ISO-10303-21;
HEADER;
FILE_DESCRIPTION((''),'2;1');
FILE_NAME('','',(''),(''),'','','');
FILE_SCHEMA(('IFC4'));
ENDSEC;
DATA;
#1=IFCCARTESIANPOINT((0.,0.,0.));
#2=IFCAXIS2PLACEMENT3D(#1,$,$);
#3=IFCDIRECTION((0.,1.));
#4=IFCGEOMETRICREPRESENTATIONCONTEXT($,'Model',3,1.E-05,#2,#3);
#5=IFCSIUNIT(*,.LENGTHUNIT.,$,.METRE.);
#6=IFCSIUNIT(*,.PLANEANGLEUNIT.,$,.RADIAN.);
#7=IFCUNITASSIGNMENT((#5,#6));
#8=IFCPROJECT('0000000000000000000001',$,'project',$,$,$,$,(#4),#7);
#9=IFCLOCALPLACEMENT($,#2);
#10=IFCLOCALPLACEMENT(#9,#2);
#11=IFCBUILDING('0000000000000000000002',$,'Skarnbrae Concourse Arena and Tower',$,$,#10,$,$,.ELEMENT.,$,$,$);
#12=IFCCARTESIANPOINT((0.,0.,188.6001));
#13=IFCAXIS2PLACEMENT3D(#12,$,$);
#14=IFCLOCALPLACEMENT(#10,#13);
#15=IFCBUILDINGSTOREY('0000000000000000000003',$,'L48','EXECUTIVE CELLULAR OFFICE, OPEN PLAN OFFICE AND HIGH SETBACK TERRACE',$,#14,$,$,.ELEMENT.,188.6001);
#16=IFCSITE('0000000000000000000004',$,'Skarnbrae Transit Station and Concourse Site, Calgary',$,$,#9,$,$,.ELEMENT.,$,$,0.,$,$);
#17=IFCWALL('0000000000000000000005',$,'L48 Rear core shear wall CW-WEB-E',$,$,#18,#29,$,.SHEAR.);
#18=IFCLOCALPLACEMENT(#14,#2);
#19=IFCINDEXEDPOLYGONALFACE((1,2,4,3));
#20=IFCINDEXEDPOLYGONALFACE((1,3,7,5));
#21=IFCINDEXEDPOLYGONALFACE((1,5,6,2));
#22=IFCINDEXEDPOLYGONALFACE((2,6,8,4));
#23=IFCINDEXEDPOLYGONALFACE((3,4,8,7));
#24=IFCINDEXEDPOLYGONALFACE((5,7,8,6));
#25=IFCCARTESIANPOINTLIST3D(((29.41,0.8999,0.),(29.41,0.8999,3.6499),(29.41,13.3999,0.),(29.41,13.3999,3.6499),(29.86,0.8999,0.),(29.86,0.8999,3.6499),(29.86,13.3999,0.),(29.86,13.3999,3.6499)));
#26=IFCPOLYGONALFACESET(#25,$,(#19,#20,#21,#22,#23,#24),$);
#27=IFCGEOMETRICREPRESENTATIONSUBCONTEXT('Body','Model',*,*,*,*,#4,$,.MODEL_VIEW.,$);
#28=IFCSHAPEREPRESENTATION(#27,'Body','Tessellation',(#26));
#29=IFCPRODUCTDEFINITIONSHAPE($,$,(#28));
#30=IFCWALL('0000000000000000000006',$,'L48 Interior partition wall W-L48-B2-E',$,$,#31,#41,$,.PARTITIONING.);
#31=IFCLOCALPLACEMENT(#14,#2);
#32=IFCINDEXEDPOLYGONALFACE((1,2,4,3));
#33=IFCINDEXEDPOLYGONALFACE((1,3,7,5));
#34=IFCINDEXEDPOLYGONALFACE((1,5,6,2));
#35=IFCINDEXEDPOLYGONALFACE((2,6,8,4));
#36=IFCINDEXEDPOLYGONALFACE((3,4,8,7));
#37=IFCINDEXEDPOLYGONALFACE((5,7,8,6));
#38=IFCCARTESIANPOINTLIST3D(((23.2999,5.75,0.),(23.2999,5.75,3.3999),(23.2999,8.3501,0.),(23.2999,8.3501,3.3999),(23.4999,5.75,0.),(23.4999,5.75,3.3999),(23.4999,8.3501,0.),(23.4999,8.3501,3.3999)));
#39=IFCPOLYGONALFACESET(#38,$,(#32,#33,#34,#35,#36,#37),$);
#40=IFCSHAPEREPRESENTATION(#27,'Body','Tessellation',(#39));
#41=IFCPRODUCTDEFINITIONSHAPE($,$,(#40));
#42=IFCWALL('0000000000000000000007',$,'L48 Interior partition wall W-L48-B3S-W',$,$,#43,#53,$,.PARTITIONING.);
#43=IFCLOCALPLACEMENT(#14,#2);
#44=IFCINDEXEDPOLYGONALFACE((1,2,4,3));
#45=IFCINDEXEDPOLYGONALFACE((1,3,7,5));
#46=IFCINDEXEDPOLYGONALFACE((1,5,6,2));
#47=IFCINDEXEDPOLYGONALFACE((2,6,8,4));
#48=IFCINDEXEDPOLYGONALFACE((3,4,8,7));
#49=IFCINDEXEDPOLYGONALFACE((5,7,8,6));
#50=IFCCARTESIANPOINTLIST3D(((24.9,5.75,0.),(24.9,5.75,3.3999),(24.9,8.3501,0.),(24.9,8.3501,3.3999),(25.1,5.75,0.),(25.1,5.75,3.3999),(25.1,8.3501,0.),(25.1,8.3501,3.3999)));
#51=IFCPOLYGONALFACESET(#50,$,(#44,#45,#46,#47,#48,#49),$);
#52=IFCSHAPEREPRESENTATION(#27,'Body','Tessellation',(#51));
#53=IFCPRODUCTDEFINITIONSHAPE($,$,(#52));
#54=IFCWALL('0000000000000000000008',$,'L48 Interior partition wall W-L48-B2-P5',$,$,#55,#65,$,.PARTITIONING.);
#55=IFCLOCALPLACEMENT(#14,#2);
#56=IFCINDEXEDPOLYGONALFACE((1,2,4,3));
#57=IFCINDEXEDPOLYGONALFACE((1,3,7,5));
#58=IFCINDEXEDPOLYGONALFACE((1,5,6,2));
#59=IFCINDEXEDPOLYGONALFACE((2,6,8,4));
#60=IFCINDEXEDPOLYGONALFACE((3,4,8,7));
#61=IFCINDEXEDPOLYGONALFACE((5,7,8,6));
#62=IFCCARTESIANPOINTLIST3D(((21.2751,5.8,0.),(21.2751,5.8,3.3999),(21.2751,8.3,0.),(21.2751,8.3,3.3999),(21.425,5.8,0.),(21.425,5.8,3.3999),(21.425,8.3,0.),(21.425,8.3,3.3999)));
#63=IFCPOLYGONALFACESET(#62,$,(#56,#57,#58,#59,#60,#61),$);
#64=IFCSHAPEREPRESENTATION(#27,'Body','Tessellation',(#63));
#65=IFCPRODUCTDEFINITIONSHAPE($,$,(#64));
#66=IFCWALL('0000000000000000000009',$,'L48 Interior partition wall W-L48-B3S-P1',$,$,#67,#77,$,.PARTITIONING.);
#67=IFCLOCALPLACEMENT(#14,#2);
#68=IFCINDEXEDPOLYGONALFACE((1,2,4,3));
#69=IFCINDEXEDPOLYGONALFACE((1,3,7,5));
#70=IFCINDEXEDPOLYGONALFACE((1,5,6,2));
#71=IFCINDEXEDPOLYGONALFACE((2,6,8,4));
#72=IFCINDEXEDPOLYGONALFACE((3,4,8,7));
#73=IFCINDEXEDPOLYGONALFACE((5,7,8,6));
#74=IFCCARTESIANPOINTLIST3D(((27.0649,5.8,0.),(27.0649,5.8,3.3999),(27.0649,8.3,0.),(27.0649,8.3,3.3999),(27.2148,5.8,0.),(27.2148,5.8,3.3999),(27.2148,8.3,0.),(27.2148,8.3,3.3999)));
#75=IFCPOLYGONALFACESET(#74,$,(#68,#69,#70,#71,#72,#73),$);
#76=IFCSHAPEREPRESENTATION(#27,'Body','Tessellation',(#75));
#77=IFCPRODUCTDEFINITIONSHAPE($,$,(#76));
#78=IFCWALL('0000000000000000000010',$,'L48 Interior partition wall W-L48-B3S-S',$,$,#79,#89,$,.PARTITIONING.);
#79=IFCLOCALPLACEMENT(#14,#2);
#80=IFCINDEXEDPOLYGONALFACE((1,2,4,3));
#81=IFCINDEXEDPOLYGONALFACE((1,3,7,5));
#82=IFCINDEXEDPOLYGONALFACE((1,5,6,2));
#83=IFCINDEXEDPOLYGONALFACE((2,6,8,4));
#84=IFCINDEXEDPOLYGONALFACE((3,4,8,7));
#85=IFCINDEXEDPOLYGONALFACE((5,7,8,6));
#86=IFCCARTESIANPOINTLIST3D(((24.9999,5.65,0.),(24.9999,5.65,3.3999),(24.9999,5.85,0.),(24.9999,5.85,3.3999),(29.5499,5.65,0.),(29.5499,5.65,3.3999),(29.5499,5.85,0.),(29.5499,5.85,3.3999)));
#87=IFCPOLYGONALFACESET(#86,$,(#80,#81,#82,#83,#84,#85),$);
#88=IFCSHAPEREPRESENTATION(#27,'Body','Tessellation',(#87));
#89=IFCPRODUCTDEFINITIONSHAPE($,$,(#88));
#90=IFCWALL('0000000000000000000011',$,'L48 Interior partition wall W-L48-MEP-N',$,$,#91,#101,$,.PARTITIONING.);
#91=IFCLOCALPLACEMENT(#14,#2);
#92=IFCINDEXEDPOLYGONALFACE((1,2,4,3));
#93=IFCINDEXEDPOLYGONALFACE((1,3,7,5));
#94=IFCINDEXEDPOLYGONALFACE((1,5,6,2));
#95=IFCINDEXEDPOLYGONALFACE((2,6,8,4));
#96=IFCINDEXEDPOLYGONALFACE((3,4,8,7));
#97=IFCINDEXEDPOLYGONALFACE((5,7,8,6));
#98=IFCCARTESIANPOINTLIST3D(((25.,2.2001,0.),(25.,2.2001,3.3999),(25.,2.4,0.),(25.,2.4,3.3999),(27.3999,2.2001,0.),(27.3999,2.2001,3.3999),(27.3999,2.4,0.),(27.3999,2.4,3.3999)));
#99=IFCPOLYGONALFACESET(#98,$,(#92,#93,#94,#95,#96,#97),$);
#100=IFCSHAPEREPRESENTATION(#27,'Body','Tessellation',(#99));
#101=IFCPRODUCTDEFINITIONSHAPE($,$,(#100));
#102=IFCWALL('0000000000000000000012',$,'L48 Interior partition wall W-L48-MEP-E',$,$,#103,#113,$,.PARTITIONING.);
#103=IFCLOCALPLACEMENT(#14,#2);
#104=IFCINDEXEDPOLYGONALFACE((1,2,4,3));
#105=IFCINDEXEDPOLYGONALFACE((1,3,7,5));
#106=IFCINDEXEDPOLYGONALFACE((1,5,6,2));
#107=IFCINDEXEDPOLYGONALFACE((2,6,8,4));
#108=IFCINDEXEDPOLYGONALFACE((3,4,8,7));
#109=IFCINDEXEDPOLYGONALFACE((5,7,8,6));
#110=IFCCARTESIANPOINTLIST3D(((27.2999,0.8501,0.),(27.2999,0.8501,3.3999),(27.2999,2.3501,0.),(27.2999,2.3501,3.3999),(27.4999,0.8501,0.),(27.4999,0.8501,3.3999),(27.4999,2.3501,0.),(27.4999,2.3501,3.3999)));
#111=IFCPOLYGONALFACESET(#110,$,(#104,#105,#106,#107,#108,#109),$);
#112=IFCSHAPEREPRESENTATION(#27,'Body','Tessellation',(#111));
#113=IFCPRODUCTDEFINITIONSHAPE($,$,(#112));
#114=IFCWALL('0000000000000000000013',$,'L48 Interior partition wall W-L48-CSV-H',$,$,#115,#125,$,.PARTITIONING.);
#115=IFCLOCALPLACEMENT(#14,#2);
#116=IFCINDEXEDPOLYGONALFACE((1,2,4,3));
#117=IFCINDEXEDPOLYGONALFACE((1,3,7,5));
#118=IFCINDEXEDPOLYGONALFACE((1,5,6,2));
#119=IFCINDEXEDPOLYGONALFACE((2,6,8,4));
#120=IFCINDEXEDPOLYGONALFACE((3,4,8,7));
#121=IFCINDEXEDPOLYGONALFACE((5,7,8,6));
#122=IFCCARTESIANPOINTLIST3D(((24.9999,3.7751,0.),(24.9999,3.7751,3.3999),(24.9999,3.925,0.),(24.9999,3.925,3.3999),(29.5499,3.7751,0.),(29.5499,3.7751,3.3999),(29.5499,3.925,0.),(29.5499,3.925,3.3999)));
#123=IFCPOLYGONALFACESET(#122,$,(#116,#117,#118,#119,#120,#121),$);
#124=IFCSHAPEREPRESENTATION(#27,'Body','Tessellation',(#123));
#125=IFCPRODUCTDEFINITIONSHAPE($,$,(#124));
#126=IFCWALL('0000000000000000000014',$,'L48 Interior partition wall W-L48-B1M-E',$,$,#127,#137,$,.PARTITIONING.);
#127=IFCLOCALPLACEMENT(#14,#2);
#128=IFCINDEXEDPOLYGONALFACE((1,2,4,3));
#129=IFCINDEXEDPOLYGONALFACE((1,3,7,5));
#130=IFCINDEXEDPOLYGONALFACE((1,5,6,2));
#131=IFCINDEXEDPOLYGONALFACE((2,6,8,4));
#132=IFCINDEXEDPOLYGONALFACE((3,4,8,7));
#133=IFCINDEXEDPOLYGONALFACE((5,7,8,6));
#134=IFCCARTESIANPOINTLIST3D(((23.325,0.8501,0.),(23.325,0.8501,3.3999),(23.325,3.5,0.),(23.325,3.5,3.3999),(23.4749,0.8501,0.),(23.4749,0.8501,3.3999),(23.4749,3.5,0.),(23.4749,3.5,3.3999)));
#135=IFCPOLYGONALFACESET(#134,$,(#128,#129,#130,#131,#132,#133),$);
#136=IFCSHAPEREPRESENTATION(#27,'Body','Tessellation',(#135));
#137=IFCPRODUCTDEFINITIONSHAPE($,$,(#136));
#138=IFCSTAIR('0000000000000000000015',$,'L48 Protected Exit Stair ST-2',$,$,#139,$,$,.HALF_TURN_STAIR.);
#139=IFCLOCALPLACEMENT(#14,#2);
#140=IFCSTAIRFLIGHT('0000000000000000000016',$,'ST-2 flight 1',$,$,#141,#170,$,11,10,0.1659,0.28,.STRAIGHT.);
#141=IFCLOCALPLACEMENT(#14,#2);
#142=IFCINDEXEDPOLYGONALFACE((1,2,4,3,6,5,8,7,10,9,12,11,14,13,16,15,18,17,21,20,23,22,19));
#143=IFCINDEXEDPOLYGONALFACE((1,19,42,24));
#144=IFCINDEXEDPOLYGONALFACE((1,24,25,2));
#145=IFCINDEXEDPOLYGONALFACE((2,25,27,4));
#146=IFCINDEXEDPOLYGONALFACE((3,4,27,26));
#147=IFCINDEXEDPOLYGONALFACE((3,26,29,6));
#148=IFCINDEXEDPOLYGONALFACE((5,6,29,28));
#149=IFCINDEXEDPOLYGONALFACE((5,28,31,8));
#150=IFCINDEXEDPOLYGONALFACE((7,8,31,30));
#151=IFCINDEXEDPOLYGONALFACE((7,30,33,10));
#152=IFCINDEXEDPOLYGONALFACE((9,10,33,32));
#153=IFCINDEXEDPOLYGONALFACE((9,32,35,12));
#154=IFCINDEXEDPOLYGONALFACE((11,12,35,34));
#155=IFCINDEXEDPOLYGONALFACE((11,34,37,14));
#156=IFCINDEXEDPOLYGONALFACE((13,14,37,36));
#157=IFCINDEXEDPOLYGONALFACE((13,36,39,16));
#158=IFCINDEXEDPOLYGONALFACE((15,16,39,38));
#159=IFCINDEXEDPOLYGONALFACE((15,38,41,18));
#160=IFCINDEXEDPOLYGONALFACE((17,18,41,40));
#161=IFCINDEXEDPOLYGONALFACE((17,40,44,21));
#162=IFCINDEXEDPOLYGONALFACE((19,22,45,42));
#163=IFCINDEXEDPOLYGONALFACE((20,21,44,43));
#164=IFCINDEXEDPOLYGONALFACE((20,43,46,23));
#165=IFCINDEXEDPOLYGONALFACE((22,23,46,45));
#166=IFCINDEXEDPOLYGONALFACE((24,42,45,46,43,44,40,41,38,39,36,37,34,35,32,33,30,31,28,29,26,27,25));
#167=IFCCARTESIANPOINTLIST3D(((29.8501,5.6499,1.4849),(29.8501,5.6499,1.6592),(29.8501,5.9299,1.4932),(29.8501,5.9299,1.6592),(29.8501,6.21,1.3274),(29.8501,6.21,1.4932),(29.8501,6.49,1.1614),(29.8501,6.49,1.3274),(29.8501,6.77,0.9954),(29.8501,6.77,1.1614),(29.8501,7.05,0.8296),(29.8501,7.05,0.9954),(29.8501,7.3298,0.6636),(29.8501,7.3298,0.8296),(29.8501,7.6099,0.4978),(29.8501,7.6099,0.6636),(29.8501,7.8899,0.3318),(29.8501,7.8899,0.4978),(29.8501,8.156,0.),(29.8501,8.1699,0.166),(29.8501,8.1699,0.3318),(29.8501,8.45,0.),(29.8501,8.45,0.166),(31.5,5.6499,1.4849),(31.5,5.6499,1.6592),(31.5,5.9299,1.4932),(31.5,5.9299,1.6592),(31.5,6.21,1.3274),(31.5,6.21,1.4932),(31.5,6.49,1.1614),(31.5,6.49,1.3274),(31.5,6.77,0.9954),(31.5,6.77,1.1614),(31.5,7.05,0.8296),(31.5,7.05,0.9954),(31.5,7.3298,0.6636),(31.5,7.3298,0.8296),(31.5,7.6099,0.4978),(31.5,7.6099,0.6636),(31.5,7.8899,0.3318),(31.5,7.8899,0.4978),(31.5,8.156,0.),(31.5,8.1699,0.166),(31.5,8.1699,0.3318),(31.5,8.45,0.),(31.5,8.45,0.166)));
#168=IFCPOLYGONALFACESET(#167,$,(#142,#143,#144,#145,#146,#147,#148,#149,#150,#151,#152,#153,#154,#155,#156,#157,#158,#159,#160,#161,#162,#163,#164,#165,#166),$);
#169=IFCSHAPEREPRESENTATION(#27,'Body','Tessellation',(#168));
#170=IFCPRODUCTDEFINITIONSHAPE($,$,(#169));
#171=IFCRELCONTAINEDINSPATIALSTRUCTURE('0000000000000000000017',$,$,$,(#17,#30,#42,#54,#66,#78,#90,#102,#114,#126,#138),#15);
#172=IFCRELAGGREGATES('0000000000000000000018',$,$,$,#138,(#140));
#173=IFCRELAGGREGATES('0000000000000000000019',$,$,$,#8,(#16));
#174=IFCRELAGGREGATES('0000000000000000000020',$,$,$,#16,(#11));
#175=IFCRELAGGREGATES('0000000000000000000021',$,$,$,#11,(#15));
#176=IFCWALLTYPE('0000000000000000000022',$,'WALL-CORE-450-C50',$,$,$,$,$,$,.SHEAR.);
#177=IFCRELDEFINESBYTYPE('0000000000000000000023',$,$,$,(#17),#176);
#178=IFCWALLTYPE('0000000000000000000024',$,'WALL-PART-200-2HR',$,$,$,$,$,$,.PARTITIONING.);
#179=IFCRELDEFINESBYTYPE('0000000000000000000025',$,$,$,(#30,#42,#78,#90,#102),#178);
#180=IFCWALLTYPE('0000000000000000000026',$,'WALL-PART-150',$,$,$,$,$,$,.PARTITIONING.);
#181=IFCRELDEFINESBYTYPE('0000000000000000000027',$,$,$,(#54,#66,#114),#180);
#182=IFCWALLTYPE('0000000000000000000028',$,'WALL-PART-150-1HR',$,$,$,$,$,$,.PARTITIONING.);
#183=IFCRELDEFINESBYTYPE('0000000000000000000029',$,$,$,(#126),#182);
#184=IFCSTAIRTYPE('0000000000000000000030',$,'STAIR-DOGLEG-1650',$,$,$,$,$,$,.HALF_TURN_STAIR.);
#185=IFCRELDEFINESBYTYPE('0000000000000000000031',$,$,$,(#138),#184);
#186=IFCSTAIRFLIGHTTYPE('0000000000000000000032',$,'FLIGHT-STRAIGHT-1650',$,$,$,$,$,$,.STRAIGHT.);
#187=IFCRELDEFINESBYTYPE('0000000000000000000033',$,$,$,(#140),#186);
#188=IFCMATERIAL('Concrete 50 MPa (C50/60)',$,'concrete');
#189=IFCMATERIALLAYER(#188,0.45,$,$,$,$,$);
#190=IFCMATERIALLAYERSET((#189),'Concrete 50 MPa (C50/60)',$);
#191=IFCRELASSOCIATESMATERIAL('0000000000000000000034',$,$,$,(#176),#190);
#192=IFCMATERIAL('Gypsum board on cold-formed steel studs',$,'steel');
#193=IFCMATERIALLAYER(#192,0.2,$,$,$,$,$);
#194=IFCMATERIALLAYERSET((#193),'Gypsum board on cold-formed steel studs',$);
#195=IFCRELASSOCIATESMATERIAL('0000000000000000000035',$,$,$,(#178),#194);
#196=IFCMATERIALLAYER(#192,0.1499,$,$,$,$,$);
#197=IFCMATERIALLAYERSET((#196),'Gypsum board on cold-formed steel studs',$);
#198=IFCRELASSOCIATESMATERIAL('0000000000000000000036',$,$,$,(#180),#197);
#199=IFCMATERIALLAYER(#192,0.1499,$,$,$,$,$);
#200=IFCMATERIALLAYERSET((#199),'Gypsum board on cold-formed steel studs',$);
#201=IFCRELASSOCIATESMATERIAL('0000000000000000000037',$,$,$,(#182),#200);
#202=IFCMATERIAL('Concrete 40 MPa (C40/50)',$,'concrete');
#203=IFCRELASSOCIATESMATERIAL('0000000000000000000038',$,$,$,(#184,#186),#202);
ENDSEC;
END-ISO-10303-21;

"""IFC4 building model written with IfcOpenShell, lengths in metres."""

from ifc_helpers import new_model, si_unit, direction, frame, frame_2d, origin, place, context, subcontext, project, spatial, polyline, rectangle, outline, extrude, source, transform, mapped, material, layer, layer_set, type_object, element, aggregate, save


model = new_model("IFC4")

# Units and contexts
model_context = context("Model", 3, precision=1e-05, world=origin(), true_north=direction((0.0, 1.0)))
body_context = subcontext(model_context, "Body", "Model", "MODEL_VIEW")
ifc_project = project(units=[si_unit("LENGTHUNIT", "METRE"), si_unit("PLANEANGLEUNIT", "RADIAN")], contexts=[model_context])

# Site, building, storey
site_placement = place(None, origin())
site = spatial("IfcSite", under=ifc_project, at=site_placement, Name="Skarnbrae Transit Station and Concourse Site, Calgary", CompositionType="ELEMENT", RefElevation=0.0)
building_placement = place(site_placement, origin())
building = spatial("IfcBuilding", under=site, at=building_placement, Name="Skarnbrae Concourse Arena and Tower", CompositionType="ELEMENT")
storey_placement = place(building_placement, frame((0.0, 0.0, 188.6001)))
storey = spatial("IfcBuildingStorey", under=building, at=storey_placement, Name="L48", Description="EXECUTIVE CELLULAR OFFICE, OPEN PLAN OFFICE AND HIGH SETBACK TERRACE", CompositionType="ELEMENT", Elevation=188.6001)

# Walls
ifc_material_1 = material(Name="Concrete 50 MPa (C50/60)", Category="concrete")
ifc_layer_1 = layer(ifc_material_1, 0.45)
ifc_layer_set_1 = layer_set([ifc_layer_1], Name="Concrete 50 MPa (C50/60)")
wall_type_1 = type_object("IfcWallType", Name="WALL-CORE-450-C50", PredefinedType="SHEAR", material=ifc_layer_set_1)
shared_shape_1 = source(origin(), body_context, "Body", "SweptSolid", [
    extrude(rectangle(XDim=12.5, YDim=0.45, at=frame_2d((6.25, 0.0))), origin(), (0.0, 0.0, 1.0), 3.6499),
])
wall_1_placement = place(storey_placement, frame((29.635, 0.8999, 0.0), z_axis=(0.0, 0.0, 1.0), x_axis=(0.0, 1.0, 0.0)))
element("IfcWall", 1, at=wall_1_placement, inside=storey, type_object=wall_type_1, Name="L48 Rear core shear wall CW-WEB-E", PredefinedType="SHEAR", context=body_context, shape_type="MappedRepresentation", body=[
    mapped(shared_shape_1, transform((0.0, 0.0, 0.0))),
])
ifc_material_2 = material(Name="Gypsum board on cold-formed steel studs", Category="steel")
ifc_layer_2 = layer(ifc_material_2, 0.2)
ifc_layer_set_2 = layer_set([ifc_layer_2], Name="Gypsum board on cold-formed steel studs")
wall_type_2 = type_object("IfcWallType", Name="WALL-PART-200-2HR", PredefinedType="PARTITIONING", material=ifc_layer_set_2)
shared_shape_2 = source(origin(), body_context, "Body", "SweptSolid", [
    extrude(rectangle(XDim=2.6001, YDim=0.2, at=frame_2d((1.3, 0.0))), origin(), (0.0, 0.0, 1.0), 3.3999),
])
for number, where, z_axis, x_axis, name in (
    (2, (23.3999, 5.75, 0.0), (0.0, 0.0, 1.0), (0.0, 1.0, 0.0), "L48 Interior partition wall W-L48-B2-E"),
    (3, (25.0, 5.75, 0.0), (0.0, 0.0, 1.0), (0.0, 1.0, 0.0), "L48 Interior partition wall W-L48-B3S-W"),
):
    element("IfcWall", number, at=place(storey_placement, frame(where, z_axis=z_axis, x_axis=x_axis)), inside=storey, type_object=wall_type_2, Name=name, PredefinedType="PARTITIONING", context=body_context, shape_type="MappedRepresentation", body=[
        mapped(shared_shape_2, transform((0.0, 0.0, 0.0))),
    ])
ifc_layer_3 = layer(ifc_material_2, 0.1499)
ifc_layer_set_3 = layer_set([ifc_layer_3], Name="Gypsum board on cold-formed steel studs")
wall_type_3 = type_object("IfcWallType", Name="WALL-PART-150", PredefinedType="PARTITIONING", material=ifc_layer_set_3)
shared_shape_3 = source(origin(), body_context, "Body", "SweptSolid", [
    extrude(rectangle(XDim=2.5, YDim=0.1499, at=frame_2d((1.25, 0.0))), origin(), (0.0, 0.0, 1.0), 3.3999),
])
for number, where, z_axis, x_axis, name in (
    (4, (21.3501, 5.8, 0.0), (0.0, 0.0, 1.0), (0.0, 1.0, 0.0), "L48 Interior partition wall W-L48-B2-P5"),
    (5, (27.1399, 5.8, 0.0), (0.0, 0.0, 1.0), (0.0, 1.0, 0.0), "L48 Interior partition wall W-L48-B3S-P1"),
):
    element("IfcWall", number, at=place(storey_placement, frame(where, z_axis=z_axis, x_axis=x_axis)), inside=storey, type_object=wall_type_3, Name=name, PredefinedType="PARTITIONING", context=body_context, shape_type="MappedRepresentation", body=[
        mapped(shared_shape_3, transform((0.0, 0.0, 0.0))),
    ])

# Shared definitions
shared_shape_4 = source(origin(), body_context, "Body", "SweptSolid", [
    extrude(rectangle(XDim=4.55, YDim=0.2, at=frame_2d((2.2749, 0.0))), origin(), (0.0, 0.0, 1.0), 3.3999),
])

# Wall
wall_2_placement = place(storey_placement, frame((25.0, 5.75, 0.0), z_axis=(0.0, 0.0, 1.0), x_axis=(1.0, 0.0, 0.0)))
element("IfcWall", 6, at=wall_2_placement, inside=storey, type_object=wall_type_2, Name="L48 Interior partition wall W-L48-B3S-S", PredefinedType="PARTITIONING", context=body_context, shape_type="MappedRepresentation", body=[
    mapped(shared_shape_4, transform((0.0, 0.0, 0.0))),
])

# Shared definitions
ifc_layer_4 = layer(ifc_material_2, 0.1499)
ifc_layer_set_4 = layer_set([ifc_layer_4], Name="Gypsum board on cold-formed steel studs")
wall_type_4 = type_object("IfcWallType", Name="WALL-PART-150-1HR", PredefinedType="PARTITIONING", material=ifc_layer_set_4)

# Walls
shared_shape_5 = source(origin(), body_context, "Body", "SweptSolid", [
    extrude(rectangle(XDim=2.3999, YDim=0.2, at=frame_2d((1.2, 0.0))), origin(), (0.0, 0.0, 1.0), 3.3999),
])
wall_3_placement = place(storey_placement, frame((25.0, 2.3, 0.0), z_axis=(0.0, 0.0, 1.0), x_axis=(1.0, 0.0, 0.0)))
element("IfcWall", 7, at=wall_3_placement, inside=storey, type_object=wall_type_2, Name="L48 Interior partition wall W-L48-MEP-N", PredefinedType="PARTITIONING", context=body_context, shape_type="MappedRepresentation", body=[
    mapped(shared_shape_5, transform((0.0, 0.0, 0.0))),
])
shared_shape_6 = source(origin(), body_context, "Body", "SweptSolid", [
    extrude(rectangle(XDim=1.5, YDim=0.2, at=frame_2d((0.75, 0.0))), origin(), (0.0, 0.0, 1.0), 3.3999),
])
wall_4_placement = place(storey_placement, frame((27.3999, 0.8501, 0.0), z_axis=(0.0, 0.0, 1.0), x_axis=(0.0, 1.0, 0.0)))
element("IfcWall", 8, at=wall_4_placement, inside=storey, type_object=wall_type_2, Name="L48 Interior partition wall W-L48-MEP-E", PredefinedType="PARTITIONING", context=body_context, shape_type="MappedRepresentation", body=[
    mapped(shared_shape_6, transform((0.0, 0.0, 0.0))),
])
shared_shape_7 = source(origin(), body_context, "Body", "SweptSolid", [
    extrude(rectangle(XDim=4.55, YDim=0.1499, at=frame_2d((2.2749, 0.0))), origin(), (0.0, 0.0, 1.0), 3.3999),
])
wall_5_placement = place(storey_placement, frame((25.0, 3.8501, 0.0), z_axis=(0.0, 0.0, 1.0), x_axis=(1.0, 0.0, 0.0)))
element("IfcWall", 9, at=wall_5_placement, inside=storey, type_object=wall_type_3, Name="L48 Interior partition wall W-L48-CSV-H", PredefinedType="PARTITIONING", context=body_context, shape_type="MappedRepresentation", body=[
    mapped(shared_shape_7, transform((0.0, 0.0, 0.0))),
])
shared_shape_8 = source(origin(), body_context, "Body", "SweptSolid", [
    extrude(rectangle(XDim=2.6499, YDim=0.1499, at=frame_2d((1.325, 0.0))), origin(), (0.0, 0.0, 1.0), 3.3999),
])
wall_6_placement = place(storey_placement, frame((23.3999, 0.8501, 0.0), z_axis=(0.0, 0.0, 1.0), x_axis=(0.0, 1.0, 0.0)))
element("IfcWall", 10, at=wall_6_placement, inside=storey, type_object=wall_type_4, Name="L48 Interior partition wall W-L48-B1M-E", PredefinedType="PARTITIONING", context=body_context, shape_type="MappedRepresentation", body=[
    mapped(shared_shape_8, transform((0.0, 0.0, 0.0))),
])

# Stair, stair flight
ifc_material_3 = material(Name="Concrete 40 MPa (C40/50)", Category="concrete")
stair_type = type_object("IfcStairType", Name="STAIR-DOGLEG-1650", PredefinedType="HALF_TURN_STAIR", material=ifc_material_3)
stair_placement = place(storey_placement, origin())
stair = element("IfcStair", 11, at=stair_placement, inside=storey, type_object=stair_type, Name="L48 Protected Exit Stair ST-2", PredefinedType="HALF_TURN_STAIR")
stair_flight_type = type_object("IfcStairFlightType", Name="FLIGHT-STRAIGHT-1650", PredefinedType="STRAIGHT", material=ifc_material_3)
shared_shape_9 = source(origin(), body_context, "Body", "SweptSolid", [
    extrude(outline(polyline([(0.0, 0.0), (0.0, 0.166), (0.28, 0.166), (0.28, 0.3318), (0.5601, 0.3318), (0.5601, 0.4978), (0.8401, 0.4978), (0.8401, 0.6636), (1.1201, 0.6636), (1.1201, 0.8296), (1.3999, 0.8296), (1.3999, 0.9954), (1.6799, 0.9954), (1.6799, 1.1614), (1.96, 1.1614), (1.96, 1.3274), (2.24, 1.3274), (2.24, 1.4932), (2.52, 1.4932), (2.52, 1.6592), (2.8, 1.6592), (2.8, 1.825), (2.8, 1.4849), (0.2939, 0.0), (0.0, 0.0)])), frame((0.0, 0.825, 0.0), z_axis=(0.0, -1.0, 0.0), x_axis=(1.0, 0.0, 0.0)), (0.0, 0.0, 1.0), 1.6499),
])
stair_flight_placement = place(storey_placement, frame((30.675, 8.45, 0.0), z_axis=(0.0, 0.0, 1.0), x_axis=(0.0, -1.0, 0.0)))
stair_flight = element("IfcStairFlight", 12, at=stair_flight_placement, type_object=stair_flight_type, Name="ST-2 flight 1", NumberOfRisers=11, NumberOfTreads=10, PredefinedType="STRAIGHT", RiserHeight=0.1659, TreadLength=0.28, context=body_context, shape_type="MappedRepresentation", body=[
    mapped(shared_shape_9, transform((0.0, 0.0, 0.0))),
])
aggregate(stair, [stair_flight])

save(model, "model.ifc")
